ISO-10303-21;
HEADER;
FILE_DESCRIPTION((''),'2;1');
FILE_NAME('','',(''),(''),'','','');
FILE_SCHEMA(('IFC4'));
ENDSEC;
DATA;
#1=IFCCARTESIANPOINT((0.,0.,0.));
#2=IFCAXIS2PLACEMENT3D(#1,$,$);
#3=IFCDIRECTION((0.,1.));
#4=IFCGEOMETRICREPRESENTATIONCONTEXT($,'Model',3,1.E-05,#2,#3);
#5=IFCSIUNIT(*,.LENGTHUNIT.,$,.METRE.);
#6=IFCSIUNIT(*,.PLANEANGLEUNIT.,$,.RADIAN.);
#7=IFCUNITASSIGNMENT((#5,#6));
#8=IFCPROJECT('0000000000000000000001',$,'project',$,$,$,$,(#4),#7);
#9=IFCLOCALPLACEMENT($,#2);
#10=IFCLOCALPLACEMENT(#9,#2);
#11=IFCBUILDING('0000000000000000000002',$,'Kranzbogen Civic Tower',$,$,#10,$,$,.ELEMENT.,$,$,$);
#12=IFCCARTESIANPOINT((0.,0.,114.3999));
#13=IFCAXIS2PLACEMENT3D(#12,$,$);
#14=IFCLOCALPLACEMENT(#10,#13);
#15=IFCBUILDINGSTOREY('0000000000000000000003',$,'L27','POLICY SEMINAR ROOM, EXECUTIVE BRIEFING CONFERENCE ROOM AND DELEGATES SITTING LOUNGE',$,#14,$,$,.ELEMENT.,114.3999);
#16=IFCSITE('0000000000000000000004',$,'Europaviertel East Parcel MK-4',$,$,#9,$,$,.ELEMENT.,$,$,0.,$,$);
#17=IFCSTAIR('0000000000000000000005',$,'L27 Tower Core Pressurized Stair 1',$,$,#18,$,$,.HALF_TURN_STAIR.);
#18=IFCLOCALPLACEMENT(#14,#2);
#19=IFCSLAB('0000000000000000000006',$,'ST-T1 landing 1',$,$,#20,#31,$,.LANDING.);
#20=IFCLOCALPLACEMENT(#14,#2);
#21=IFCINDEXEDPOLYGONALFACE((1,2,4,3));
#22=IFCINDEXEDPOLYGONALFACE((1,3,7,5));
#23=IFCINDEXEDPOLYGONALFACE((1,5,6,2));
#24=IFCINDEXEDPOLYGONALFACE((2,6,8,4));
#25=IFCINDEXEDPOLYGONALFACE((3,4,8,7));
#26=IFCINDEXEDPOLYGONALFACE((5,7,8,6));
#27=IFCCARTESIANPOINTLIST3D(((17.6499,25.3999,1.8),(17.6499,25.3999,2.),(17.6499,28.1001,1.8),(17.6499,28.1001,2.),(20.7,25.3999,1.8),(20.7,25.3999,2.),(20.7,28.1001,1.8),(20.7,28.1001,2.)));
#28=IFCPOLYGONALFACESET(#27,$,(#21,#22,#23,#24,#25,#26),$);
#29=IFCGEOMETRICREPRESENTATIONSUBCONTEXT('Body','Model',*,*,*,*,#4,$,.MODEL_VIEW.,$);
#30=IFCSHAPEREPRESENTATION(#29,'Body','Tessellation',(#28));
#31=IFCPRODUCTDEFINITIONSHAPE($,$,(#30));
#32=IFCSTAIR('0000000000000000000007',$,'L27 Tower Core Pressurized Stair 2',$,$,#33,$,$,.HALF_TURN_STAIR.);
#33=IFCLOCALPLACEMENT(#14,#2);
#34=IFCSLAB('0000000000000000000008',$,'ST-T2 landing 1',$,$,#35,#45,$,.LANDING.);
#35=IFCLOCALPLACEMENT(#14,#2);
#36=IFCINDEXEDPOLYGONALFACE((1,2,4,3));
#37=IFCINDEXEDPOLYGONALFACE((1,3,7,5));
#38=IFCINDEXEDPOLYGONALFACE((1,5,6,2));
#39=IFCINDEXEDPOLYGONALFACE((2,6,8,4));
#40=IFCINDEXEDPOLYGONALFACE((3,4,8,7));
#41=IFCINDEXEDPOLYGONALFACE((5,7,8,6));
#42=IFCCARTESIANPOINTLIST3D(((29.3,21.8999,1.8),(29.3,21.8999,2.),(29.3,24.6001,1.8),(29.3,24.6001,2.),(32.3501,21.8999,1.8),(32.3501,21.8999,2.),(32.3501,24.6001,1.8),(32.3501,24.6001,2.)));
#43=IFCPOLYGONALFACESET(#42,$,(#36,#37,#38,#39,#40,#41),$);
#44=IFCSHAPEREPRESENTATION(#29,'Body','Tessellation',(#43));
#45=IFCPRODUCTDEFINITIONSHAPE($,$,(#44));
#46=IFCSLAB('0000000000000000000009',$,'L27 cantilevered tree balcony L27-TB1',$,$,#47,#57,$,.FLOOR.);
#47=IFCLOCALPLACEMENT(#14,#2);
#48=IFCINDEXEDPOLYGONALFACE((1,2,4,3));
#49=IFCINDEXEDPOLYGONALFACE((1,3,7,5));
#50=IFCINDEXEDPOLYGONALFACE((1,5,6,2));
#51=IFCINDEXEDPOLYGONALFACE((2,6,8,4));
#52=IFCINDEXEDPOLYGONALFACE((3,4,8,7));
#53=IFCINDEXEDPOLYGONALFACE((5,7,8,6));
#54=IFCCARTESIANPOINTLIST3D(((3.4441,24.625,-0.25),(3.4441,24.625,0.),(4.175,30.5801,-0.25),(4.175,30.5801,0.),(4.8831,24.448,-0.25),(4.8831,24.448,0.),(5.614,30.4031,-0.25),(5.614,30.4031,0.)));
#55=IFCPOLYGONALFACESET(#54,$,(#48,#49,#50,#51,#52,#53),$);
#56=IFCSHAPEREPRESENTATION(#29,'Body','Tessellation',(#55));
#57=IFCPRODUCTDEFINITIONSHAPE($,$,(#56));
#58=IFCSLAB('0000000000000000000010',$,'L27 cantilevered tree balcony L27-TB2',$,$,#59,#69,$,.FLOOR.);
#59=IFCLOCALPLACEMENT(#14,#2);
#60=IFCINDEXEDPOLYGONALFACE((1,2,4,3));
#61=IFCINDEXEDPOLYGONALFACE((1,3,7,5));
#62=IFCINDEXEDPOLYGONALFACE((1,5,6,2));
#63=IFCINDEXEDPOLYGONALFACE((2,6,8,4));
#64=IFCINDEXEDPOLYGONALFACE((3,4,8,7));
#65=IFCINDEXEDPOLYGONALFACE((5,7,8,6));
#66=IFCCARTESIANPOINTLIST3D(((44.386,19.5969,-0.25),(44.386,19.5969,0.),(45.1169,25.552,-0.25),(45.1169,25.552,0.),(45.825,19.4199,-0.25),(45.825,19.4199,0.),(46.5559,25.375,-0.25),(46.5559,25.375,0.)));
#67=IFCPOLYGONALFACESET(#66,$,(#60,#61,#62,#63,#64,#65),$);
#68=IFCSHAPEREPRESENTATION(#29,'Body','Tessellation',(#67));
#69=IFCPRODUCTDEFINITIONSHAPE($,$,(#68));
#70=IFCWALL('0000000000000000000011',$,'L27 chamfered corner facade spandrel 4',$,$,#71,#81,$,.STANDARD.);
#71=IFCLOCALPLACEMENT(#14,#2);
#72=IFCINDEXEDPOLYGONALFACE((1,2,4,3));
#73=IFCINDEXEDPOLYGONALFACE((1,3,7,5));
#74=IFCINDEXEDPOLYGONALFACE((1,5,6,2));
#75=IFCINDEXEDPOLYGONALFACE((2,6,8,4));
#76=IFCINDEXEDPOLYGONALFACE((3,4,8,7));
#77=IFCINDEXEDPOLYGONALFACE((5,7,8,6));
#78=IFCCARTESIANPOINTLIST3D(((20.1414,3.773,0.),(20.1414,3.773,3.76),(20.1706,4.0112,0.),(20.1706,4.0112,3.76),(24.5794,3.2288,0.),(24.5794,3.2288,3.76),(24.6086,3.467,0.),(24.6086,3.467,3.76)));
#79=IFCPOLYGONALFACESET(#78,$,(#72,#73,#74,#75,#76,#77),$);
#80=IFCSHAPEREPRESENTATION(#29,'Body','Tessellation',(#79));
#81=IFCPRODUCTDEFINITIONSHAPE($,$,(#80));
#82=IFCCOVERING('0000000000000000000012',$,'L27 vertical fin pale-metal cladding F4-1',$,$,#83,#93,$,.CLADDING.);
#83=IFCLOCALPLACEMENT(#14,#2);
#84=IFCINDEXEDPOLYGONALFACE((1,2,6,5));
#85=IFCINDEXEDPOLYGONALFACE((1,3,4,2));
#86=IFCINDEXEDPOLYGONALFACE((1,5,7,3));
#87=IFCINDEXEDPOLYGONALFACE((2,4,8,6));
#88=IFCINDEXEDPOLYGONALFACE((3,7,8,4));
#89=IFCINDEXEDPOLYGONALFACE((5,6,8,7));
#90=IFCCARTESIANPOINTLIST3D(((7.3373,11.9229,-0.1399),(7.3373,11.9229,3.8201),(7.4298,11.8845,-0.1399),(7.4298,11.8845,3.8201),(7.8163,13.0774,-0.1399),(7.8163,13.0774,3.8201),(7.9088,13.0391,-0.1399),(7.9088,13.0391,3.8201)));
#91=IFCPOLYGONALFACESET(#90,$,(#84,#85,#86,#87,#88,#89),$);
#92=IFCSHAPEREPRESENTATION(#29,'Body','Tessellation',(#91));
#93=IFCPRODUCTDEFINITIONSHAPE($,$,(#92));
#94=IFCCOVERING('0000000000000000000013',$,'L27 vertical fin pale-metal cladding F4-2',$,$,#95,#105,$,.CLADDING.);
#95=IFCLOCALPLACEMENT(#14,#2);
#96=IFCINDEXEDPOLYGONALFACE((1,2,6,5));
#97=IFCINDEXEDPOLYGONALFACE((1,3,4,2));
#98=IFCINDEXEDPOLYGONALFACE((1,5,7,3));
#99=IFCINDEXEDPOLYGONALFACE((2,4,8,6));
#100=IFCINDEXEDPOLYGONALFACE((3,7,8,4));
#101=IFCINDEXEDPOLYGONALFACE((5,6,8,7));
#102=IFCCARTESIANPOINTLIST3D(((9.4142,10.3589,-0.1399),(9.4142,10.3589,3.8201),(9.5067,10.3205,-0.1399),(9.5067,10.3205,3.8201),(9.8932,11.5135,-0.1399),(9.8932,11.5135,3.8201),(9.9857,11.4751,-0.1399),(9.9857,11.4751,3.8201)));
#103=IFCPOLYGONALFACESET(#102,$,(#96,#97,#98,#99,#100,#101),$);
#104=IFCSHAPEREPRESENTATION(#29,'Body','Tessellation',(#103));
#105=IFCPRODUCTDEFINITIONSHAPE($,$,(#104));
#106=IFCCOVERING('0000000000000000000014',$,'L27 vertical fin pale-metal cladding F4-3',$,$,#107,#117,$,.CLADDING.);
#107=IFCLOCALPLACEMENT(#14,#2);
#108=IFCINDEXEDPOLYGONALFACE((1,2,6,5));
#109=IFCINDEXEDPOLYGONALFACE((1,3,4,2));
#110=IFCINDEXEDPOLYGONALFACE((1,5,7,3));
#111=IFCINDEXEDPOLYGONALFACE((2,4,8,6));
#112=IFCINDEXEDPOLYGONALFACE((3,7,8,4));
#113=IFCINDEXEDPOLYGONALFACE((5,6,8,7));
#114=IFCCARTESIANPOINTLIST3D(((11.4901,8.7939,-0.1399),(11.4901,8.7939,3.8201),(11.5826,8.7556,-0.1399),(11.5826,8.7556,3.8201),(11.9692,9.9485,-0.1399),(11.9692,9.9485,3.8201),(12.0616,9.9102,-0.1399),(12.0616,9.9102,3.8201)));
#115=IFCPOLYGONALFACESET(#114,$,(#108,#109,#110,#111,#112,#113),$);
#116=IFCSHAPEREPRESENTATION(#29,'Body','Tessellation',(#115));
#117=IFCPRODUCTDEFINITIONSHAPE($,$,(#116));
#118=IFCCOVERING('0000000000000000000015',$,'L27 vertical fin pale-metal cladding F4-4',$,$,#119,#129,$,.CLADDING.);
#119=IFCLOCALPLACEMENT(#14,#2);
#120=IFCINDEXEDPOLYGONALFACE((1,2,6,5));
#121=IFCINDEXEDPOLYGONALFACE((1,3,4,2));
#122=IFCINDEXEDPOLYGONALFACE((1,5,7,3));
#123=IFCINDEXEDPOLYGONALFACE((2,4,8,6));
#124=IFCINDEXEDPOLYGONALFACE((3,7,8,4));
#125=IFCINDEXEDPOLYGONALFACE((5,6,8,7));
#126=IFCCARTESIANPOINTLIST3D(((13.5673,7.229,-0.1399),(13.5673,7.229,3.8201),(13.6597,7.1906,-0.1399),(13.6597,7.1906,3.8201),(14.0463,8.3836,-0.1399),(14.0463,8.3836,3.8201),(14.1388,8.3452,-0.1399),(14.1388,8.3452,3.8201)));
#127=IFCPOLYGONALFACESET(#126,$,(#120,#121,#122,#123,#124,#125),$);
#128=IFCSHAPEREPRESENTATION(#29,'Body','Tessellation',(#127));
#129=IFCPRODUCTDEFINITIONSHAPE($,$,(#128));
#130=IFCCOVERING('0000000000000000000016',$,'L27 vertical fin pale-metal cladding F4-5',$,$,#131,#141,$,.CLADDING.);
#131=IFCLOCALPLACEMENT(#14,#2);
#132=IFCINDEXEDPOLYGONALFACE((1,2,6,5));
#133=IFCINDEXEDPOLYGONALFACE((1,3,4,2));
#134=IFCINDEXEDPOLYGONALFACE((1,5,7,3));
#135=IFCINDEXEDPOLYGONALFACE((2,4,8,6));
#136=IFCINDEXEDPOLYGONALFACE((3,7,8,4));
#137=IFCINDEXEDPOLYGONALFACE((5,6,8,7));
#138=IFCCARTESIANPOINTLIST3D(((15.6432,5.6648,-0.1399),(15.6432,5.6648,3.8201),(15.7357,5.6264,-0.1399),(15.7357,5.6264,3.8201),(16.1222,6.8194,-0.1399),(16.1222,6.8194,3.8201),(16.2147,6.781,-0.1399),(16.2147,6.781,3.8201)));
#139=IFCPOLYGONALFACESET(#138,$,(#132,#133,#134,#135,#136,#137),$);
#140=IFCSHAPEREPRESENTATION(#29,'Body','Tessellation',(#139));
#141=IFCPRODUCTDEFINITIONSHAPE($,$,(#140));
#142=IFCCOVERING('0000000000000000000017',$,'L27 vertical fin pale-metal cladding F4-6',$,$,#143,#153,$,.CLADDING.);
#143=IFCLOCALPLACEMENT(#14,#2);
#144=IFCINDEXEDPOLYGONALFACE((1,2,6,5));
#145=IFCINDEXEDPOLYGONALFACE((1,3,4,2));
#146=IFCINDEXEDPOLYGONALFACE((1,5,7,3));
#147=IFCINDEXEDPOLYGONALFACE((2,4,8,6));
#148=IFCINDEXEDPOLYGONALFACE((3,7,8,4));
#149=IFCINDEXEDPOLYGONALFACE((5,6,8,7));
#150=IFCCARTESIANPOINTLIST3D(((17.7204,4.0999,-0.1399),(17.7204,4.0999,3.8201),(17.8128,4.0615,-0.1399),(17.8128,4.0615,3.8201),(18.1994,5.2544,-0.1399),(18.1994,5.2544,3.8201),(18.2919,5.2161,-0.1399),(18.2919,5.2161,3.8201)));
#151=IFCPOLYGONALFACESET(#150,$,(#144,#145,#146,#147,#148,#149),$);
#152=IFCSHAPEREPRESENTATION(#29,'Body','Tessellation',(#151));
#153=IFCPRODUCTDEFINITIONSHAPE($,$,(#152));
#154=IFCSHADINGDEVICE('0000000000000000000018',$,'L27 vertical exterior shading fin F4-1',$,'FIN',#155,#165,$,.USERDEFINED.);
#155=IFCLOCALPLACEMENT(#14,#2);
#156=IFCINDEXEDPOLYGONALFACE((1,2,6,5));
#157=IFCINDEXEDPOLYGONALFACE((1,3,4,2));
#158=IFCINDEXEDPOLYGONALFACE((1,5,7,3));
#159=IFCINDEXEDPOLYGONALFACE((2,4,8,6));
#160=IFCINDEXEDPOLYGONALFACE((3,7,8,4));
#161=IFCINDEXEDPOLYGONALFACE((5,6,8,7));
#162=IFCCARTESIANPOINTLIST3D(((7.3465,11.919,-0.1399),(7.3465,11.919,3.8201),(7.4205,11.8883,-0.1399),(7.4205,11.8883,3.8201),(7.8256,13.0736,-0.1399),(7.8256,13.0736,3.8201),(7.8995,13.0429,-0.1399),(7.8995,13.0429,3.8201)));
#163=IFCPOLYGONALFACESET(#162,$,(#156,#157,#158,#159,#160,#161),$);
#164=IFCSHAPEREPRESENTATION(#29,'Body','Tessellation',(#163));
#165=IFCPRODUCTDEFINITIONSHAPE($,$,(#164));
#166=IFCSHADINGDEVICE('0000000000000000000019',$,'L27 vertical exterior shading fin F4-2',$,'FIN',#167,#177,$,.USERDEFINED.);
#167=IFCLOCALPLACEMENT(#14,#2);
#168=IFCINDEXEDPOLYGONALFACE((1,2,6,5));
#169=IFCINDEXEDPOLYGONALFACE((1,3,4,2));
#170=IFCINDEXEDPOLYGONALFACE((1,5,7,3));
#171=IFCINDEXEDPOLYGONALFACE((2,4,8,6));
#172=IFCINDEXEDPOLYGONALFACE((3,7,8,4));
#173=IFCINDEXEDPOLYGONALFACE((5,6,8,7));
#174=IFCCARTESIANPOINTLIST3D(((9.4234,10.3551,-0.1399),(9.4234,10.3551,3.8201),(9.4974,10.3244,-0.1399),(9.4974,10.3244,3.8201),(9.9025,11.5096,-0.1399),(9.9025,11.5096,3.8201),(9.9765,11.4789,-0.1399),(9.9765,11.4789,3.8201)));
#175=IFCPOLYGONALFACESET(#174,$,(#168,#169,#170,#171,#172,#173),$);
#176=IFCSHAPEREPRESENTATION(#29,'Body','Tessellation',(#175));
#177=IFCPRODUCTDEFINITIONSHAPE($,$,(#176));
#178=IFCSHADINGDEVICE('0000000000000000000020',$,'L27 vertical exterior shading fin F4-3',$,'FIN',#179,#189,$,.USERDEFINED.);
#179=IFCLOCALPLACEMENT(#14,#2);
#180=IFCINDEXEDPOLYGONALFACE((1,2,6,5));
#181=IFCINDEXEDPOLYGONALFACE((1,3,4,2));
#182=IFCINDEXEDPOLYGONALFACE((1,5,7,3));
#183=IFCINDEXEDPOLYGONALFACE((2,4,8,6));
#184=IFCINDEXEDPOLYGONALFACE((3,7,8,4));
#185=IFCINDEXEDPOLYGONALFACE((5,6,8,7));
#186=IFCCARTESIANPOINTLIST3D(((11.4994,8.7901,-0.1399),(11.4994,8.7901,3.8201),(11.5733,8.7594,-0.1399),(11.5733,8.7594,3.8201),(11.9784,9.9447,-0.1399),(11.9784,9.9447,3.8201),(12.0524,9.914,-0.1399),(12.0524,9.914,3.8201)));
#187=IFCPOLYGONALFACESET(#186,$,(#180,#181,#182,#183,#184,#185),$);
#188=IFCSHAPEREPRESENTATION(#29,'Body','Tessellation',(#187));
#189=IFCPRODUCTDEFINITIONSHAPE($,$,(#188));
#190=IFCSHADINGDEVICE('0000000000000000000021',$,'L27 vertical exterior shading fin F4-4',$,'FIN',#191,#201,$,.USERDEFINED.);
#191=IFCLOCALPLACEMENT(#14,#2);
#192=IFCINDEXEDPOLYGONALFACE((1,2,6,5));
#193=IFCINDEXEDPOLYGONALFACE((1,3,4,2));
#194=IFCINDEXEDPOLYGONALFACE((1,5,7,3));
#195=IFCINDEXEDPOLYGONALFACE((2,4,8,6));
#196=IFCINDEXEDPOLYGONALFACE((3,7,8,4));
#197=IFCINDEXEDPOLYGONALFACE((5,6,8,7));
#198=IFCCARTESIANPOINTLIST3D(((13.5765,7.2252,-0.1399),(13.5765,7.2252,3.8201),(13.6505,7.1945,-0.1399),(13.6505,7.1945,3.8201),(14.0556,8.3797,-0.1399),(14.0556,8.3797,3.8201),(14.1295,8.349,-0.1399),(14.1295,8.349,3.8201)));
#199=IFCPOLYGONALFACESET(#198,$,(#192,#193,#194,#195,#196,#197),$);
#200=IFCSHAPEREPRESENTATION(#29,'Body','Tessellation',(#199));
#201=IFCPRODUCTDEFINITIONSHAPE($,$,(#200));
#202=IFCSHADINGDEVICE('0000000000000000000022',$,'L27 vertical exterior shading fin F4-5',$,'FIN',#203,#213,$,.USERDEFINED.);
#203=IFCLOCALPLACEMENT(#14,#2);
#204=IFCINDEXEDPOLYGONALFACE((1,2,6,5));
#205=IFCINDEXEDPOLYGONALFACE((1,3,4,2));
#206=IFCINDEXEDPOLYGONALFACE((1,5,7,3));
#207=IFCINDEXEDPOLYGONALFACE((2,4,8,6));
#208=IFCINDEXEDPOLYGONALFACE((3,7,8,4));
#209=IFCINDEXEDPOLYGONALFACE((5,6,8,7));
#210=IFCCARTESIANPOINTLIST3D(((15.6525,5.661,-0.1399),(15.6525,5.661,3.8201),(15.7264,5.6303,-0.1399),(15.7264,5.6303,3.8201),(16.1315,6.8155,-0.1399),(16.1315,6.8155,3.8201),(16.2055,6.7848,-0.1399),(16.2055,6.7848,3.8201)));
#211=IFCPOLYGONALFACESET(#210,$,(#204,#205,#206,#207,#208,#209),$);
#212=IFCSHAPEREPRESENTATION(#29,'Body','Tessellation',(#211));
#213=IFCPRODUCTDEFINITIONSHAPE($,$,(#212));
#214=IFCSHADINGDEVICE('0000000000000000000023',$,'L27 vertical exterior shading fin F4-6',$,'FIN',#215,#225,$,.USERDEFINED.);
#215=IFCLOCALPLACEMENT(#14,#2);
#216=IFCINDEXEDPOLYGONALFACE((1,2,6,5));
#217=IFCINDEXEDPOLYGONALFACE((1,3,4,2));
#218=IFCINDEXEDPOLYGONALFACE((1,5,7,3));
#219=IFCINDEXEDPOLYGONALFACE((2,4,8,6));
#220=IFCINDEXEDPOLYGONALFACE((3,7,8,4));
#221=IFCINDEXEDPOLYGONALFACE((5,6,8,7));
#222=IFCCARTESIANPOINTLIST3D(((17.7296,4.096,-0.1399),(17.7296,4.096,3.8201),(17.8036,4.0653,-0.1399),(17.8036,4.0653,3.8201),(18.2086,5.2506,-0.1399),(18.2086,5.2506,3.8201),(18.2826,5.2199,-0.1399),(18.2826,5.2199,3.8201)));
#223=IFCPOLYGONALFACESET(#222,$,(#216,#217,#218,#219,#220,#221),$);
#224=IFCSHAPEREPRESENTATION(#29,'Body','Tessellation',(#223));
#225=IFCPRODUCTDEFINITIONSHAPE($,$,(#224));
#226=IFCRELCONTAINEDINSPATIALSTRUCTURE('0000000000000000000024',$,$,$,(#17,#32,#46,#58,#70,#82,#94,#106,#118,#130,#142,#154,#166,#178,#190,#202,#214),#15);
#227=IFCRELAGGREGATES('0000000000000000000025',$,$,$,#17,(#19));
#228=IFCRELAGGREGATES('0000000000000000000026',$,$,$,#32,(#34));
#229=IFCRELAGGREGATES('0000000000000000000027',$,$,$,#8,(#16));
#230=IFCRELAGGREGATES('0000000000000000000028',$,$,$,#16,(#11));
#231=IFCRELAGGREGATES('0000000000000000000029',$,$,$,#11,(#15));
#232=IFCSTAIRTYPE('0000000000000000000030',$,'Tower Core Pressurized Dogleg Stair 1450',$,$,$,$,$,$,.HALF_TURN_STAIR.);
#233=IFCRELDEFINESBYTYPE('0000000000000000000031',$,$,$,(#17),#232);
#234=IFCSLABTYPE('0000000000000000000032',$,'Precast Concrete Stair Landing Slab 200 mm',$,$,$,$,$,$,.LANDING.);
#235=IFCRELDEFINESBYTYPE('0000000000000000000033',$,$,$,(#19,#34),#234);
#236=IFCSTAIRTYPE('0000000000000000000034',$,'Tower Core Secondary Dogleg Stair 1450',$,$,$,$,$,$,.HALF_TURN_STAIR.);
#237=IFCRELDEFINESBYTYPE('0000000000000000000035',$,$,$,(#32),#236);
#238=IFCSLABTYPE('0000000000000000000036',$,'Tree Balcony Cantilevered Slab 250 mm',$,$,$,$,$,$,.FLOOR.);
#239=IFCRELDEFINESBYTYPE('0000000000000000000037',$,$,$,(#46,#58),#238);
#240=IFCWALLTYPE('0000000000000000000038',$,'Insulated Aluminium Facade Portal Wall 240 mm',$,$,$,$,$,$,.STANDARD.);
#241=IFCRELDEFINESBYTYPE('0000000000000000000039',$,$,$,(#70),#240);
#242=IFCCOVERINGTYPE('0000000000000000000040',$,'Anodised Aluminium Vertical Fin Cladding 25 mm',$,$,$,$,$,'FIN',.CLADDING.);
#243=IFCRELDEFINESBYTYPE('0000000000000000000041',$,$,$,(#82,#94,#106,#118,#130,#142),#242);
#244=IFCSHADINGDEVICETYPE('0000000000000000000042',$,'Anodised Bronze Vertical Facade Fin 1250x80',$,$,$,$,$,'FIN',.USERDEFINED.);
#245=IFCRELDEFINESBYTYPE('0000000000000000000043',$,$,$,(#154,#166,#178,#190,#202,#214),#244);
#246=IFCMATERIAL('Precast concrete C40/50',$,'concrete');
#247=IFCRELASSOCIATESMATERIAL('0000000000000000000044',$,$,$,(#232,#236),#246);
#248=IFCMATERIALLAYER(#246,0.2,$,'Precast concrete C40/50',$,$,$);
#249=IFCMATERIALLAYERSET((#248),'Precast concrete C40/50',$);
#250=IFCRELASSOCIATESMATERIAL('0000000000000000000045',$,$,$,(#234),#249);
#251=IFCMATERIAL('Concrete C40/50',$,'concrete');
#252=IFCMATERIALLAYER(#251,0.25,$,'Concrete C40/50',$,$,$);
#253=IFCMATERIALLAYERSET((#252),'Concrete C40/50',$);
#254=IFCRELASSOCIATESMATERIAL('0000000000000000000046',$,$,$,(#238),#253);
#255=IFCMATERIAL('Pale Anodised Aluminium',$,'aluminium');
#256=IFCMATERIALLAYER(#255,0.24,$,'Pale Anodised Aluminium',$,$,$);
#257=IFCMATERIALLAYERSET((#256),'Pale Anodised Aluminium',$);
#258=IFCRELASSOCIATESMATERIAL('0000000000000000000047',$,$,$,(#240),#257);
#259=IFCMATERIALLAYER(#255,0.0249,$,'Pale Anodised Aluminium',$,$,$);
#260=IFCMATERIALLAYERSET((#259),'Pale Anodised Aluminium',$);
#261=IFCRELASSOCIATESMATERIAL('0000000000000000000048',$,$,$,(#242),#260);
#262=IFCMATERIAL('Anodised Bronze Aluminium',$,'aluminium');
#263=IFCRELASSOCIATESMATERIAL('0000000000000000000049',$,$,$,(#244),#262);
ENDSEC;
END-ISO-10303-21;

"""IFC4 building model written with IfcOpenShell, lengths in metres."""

from ifc_helpers import new_model, si_unit, direction, frame, frame_2d, origin, origin_2d, place, context, subcontext, project, spatial, polyline, rectangle, outline, extrude, material, layer, layer_set, type_object, element, aggregate, save


model = new_model("IFC4")

# Units and contexts
model_context = context("Model", 3, precision=1e-05, world=origin(), true_north=direction((0.0, 1.0)))
body_context = subcontext(model_context, "Body", "Model", "MODEL_VIEW")
ifc_project = project(units=[si_unit("LENGTHUNIT", "METRE"), si_unit("PLANEANGLEUNIT", "RADIAN")], contexts=[model_context])

# Site, building, storey
site_placement = place(None, origin())
site = spatial("IfcSite", under=ifc_project, at=site_placement, Name="Europaviertel East Parcel MK-4", CompositionType="ELEMENT", RefElevation=0.0)
building_placement = place(site_placement, origin())
building = spatial("IfcBuilding", under=site, at=building_placement, Name="Kranzbogen Civic Tower", CompositionType="ELEMENT")
storey_placement = place(building_placement, frame((0.0, 0.0, 114.3999)))
storey = spatial("IfcBuildingStorey", under=building, at=storey_placement, Name="L27", Description="POLICY SEMINAR ROOM, EXECUTIVE BRIEFING CONFERENCE ROOM AND DELEGATES SITTING LOUNGE", CompositionType="ELEMENT", Elevation=114.3999)

# Shared definitions
ifc_material_1 = material(Name="Pale Anodised Aluminium", Category="aluminium")

# Shared definitions
ifc_material_2 = material(Name="Concrete C40/50", Category="concrete")

# Stairs, slabs
ifc_material_3 = material(Name="Precast concrete C40/50", Category="concrete")
stair_type_1 = type_object("IfcStairType", Name="Tower Core Pressurized Dogleg Stair 1450", PredefinedType="HALF_TURN_STAIR", material=ifc_material_3)
stair_1_placement = place(storey_placement, origin())
stair_1 = element("IfcStair", 1, at=stair_1_placement, inside=storey, type_object=stair_type_1, Name="L27 Tower Core Pressurized Stair 1", PredefinedType="HALF_TURN_STAIR")
ifc_layer_1 = layer(ifc_material_3, 0.2, Name="Precast concrete C40/50")
ifc_layer_set_1 = layer_set([ifc_layer_1], Name="Precast concrete C40/50")
slab_type_1 = type_object("IfcSlabType", Name="Precast Concrete Stair Landing Slab 200 mm", PredefinedType="LANDING", material=ifc_layer_set_1)
slab_1_placement = place(storey_placement, frame((0.0, 0.0, 1.8)))
slab_1 = element("IfcSlab", 2, at=slab_1_placement, type_object=slab_type_1, Name="ST-T1 landing 1", PredefinedType="LANDING", context=body_context, shape_type="SweptSolid", body=[
    extrude(outline(polyline([(20.7, 25.3999), (20.7, 28.1001), (17.6499, 28.1001), (17.6499, 25.3999), (20.7, 25.3999)])), origin(), (0.0, 0.0, 1.0), 0.2),
])
aggregate(stair_1, [slab_1])
stair_type_2 = type_object("IfcStairType", Name="Tower Core Secondary Dogleg Stair 1450", PredefinedType="HALF_TURN_STAIR", material=ifc_material_3)
stair_2_placement = place(storey_placement, origin())
stair_2 = element("IfcStair", 3, at=stair_2_placement, inside=storey, type_object=stair_type_2, Name="L27 Tower Core Pressurized Stair 2", PredefinedType="HALF_TURN_STAIR")
slab_2_placement = place(storey_placement, frame((0.0, 0.0, 1.8)))
slab_2 = element("IfcSlab", 4, at=slab_2_placement, type_object=slab_type_1, Name="ST-T2 landing 1", PredefinedType="LANDING", context=body_context, shape_type="SweptSolid", body=[
    extrude(outline(polyline([(29.3, 24.6001), (29.3, 21.8999), (32.3501, 21.8999), (32.3501, 24.6001), (29.3, 24.6001)])), origin(), (0.0, 0.0, 1.0), 0.2),
])
aggregate(stair_2, [slab_2])

# Slabs
ifc_layer_2 = layer(ifc_material_2, 0.25, Name="Concrete C40/50")
ifc_layer_set_2 = layer_set([ifc_layer_2], Name="Concrete C40/50")
slab_type_2 = type_object("IfcSlabType", Name="Tree Balcony Cantilevered Slab 250 mm", PredefinedType="FLOOR", material=ifc_layer_set_2)
slab_3_placement = place(storey_placement, frame((0.0, 0.0, -0.25)))
element("IfcSlab", 5, at=slab_3_placement, inside=storey, type_object=slab_type_2, Name="L27 cantilevered tree balcony L27-TB1", PredefinedType="FLOOR", context=body_context, shape_type="SweptSolid", body=[
    extrude(outline(polyline([(5.614, 30.4031), (4.8831, 24.448), (3.4441, 24.625), (4.175, 30.5801), (5.614, 30.4031)])), origin(), (0.0, 0.0, 1.0), 0.25),
])
slab_4_placement = place(storey_placement, frame((0.0, 0.0, -0.25)))
element("IfcSlab", 6, at=slab_4_placement, inside=storey, type_object=slab_type_2, Name="L27 cantilevered tree balcony L27-TB2", PredefinedType="FLOOR", context=body_context, shape_type="SweptSolid", body=[
    extrude(outline(polyline([(44.386, 19.5969), (45.1169, 25.552), (46.5559, 25.375), (45.825, 19.4199), (44.386, 19.5969)])), origin(), (0.0, 0.0, 1.0), 0.25),
])

# Wall
ifc_layer_3 = layer(ifc_material_1, 0.24, Name="Pale Anodised Aluminium")
ifc_layer_set_3 = layer_set([ifc_layer_3], Name="Pale Anodised Aluminium")
wall_type = type_object("IfcWallType", Name="Insulated Aluminium Facade Portal Wall 240 mm", PredefinedType="STANDARD", material=ifc_layer_set_3)
wall_placement = place(storey_placement, frame((20.156, 3.8921, 0.0), z_axis=(0.0, 0.0, 1.0), x_axis=(0.992566, -0.121709, 0.0)))
element("IfcWall", 7, at=wall_placement, inside=storey, type_object=wall_type, Name="L27 chamfered corner facade spandrel 4", PredefinedType="STANDARD", context=body_context, shape_type="SweptSolid", body=[
    extrude(rectangle(XDim=4.4712, YDim=0.24, at=frame_2d((2.2356, 0.0))), origin(), (0.0, 0.0, 1.0), 3.76),
])

# Coverings
ifc_layer_4 = layer(ifc_material_1, 0.0249, Name="Pale Anodised Aluminium")
ifc_layer_set_4 = layer_set([ifc_layer_4], Name="Pale Anodised Aluminium")
covering_type_1 = type_object("IfcCoveringType", Name="Anodised Aluminium Vertical Fin Cladding 25 mm", ElementType="FIN", PredefinedType="CLADDING", material=ifc_layer_set_4)
for number, where, z_axis, x_axis, name in (
    (8, (7.623, 12.481, -0.1399), (0.0, 0.0, 1.0), (-0.383232, -0.923652, 0.0), "L27 vertical fin pale-metal cladding F4-1"),
    (9, (9.7, 10.917, -0.1399), (0.0, 0.0, 1.0), (-0.383232, -0.923652, 0.0), "L27 vertical fin pale-metal cladding F4-2"),
    (10, (11.7759, 9.3521, -0.1399), (0.0, 0.0, 1.0), (-0.383232, -0.923652, 0.0), "L27 vertical fin pale-metal cladding F4-3"),
    (11, (13.853, 7.7871, -0.1399), (0.0, 0.0, 1.0), (-0.383232, -0.923652, 0.0), "L27 vertical fin pale-metal cladding F4-4"),
    (12, (15.929, 6.2229, -0.1399), (0.0, 0.0, 1.0), (-0.383232, -0.923652, 0.0), "L27 vertical fin pale-metal cladding F4-5"),
    (13, (18.0061, 4.658, -0.1399), (0.0, 0.0, 1.0), (-0.383232, -0.923652, 0.0), "L27 vertical fin pale-metal cladding F4-6"),
):
    element("IfcCovering", number, at=place(storey_placement, frame(where, z_axis=z_axis, x_axis=x_axis)), inside=storey, type_object=covering_type_1, Name=name, PredefinedType="CLADDING", context=body_context, shape_type="SweptSolid", body=[
        extrude(rectangle(XDim=1.25, YDim=0.1001, at=origin_2d()), origin(), (0.0, 0.0, 1.0), 3.96),
    ])

# Shading devices
ifc_material_4 = material(Name="Anodised Bronze Aluminium", Category="aluminium")
shading_device_type = type_object("IfcShadingDeviceType", Name="Anodised Bronze Vertical Facade Fin 1250x80", ElementType="FIN", PredefinedType="USERDEFINED", material=ifc_material_4)
for number, where, z_axis, x_axis, name in (
    (14, (7.623, 12.481, -0.1399), (0.0, 0.0, 1.0), (-0.383232, -0.923652, 0.0), "L27 vertical exterior shading fin F4-1"),
    (15, (9.7, 10.917, -0.1399), (0.0, 0.0, 1.0), (-0.383232, -0.923652, 0.0), "L27 vertical exterior shading fin F4-2"),
    (16, (11.7759, 9.3521, -0.1399), (0.0, 0.0, 1.0), (-0.383232, -0.923652, 0.0), "L27 vertical exterior shading fin F4-3"),
    (17, (13.853, 7.7871, -0.1399), (0.0, 0.0, 1.0), (-0.383232, -0.923652, 0.0), "L27 vertical exterior shading fin F4-4"),
    (18, (15.929, 6.2229, -0.1399), (0.0, 0.0, 1.0), (-0.383232, -0.923652, 0.0), "L27 vertical exterior shading fin F4-5"),
    (19, (18.0061, 4.658, -0.1399), (0.0, 0.0, 1.0), (-0.383232, -0.923652, 0.0), "L27 vertical exterior shading fin F4-6"),
):
    element("IfcShadingDevice", number, at=place(storey_placement, frame(where, z_axis=z_axis, x_axis=x_axis)), inside=storey, type_object=shading_device_type, Name=name, ObjectType="FIN", PredefinedType="USERDEFINED", context=body_context, shape_type="SweptSolid", body=[
        extrude(rectangle(XDim=1.25, YDim=0.0801, at=origin_2d()), origin(), (0.0, 0.0, 1.0), 3.96),
    ])

save(model, "model.ifc")
